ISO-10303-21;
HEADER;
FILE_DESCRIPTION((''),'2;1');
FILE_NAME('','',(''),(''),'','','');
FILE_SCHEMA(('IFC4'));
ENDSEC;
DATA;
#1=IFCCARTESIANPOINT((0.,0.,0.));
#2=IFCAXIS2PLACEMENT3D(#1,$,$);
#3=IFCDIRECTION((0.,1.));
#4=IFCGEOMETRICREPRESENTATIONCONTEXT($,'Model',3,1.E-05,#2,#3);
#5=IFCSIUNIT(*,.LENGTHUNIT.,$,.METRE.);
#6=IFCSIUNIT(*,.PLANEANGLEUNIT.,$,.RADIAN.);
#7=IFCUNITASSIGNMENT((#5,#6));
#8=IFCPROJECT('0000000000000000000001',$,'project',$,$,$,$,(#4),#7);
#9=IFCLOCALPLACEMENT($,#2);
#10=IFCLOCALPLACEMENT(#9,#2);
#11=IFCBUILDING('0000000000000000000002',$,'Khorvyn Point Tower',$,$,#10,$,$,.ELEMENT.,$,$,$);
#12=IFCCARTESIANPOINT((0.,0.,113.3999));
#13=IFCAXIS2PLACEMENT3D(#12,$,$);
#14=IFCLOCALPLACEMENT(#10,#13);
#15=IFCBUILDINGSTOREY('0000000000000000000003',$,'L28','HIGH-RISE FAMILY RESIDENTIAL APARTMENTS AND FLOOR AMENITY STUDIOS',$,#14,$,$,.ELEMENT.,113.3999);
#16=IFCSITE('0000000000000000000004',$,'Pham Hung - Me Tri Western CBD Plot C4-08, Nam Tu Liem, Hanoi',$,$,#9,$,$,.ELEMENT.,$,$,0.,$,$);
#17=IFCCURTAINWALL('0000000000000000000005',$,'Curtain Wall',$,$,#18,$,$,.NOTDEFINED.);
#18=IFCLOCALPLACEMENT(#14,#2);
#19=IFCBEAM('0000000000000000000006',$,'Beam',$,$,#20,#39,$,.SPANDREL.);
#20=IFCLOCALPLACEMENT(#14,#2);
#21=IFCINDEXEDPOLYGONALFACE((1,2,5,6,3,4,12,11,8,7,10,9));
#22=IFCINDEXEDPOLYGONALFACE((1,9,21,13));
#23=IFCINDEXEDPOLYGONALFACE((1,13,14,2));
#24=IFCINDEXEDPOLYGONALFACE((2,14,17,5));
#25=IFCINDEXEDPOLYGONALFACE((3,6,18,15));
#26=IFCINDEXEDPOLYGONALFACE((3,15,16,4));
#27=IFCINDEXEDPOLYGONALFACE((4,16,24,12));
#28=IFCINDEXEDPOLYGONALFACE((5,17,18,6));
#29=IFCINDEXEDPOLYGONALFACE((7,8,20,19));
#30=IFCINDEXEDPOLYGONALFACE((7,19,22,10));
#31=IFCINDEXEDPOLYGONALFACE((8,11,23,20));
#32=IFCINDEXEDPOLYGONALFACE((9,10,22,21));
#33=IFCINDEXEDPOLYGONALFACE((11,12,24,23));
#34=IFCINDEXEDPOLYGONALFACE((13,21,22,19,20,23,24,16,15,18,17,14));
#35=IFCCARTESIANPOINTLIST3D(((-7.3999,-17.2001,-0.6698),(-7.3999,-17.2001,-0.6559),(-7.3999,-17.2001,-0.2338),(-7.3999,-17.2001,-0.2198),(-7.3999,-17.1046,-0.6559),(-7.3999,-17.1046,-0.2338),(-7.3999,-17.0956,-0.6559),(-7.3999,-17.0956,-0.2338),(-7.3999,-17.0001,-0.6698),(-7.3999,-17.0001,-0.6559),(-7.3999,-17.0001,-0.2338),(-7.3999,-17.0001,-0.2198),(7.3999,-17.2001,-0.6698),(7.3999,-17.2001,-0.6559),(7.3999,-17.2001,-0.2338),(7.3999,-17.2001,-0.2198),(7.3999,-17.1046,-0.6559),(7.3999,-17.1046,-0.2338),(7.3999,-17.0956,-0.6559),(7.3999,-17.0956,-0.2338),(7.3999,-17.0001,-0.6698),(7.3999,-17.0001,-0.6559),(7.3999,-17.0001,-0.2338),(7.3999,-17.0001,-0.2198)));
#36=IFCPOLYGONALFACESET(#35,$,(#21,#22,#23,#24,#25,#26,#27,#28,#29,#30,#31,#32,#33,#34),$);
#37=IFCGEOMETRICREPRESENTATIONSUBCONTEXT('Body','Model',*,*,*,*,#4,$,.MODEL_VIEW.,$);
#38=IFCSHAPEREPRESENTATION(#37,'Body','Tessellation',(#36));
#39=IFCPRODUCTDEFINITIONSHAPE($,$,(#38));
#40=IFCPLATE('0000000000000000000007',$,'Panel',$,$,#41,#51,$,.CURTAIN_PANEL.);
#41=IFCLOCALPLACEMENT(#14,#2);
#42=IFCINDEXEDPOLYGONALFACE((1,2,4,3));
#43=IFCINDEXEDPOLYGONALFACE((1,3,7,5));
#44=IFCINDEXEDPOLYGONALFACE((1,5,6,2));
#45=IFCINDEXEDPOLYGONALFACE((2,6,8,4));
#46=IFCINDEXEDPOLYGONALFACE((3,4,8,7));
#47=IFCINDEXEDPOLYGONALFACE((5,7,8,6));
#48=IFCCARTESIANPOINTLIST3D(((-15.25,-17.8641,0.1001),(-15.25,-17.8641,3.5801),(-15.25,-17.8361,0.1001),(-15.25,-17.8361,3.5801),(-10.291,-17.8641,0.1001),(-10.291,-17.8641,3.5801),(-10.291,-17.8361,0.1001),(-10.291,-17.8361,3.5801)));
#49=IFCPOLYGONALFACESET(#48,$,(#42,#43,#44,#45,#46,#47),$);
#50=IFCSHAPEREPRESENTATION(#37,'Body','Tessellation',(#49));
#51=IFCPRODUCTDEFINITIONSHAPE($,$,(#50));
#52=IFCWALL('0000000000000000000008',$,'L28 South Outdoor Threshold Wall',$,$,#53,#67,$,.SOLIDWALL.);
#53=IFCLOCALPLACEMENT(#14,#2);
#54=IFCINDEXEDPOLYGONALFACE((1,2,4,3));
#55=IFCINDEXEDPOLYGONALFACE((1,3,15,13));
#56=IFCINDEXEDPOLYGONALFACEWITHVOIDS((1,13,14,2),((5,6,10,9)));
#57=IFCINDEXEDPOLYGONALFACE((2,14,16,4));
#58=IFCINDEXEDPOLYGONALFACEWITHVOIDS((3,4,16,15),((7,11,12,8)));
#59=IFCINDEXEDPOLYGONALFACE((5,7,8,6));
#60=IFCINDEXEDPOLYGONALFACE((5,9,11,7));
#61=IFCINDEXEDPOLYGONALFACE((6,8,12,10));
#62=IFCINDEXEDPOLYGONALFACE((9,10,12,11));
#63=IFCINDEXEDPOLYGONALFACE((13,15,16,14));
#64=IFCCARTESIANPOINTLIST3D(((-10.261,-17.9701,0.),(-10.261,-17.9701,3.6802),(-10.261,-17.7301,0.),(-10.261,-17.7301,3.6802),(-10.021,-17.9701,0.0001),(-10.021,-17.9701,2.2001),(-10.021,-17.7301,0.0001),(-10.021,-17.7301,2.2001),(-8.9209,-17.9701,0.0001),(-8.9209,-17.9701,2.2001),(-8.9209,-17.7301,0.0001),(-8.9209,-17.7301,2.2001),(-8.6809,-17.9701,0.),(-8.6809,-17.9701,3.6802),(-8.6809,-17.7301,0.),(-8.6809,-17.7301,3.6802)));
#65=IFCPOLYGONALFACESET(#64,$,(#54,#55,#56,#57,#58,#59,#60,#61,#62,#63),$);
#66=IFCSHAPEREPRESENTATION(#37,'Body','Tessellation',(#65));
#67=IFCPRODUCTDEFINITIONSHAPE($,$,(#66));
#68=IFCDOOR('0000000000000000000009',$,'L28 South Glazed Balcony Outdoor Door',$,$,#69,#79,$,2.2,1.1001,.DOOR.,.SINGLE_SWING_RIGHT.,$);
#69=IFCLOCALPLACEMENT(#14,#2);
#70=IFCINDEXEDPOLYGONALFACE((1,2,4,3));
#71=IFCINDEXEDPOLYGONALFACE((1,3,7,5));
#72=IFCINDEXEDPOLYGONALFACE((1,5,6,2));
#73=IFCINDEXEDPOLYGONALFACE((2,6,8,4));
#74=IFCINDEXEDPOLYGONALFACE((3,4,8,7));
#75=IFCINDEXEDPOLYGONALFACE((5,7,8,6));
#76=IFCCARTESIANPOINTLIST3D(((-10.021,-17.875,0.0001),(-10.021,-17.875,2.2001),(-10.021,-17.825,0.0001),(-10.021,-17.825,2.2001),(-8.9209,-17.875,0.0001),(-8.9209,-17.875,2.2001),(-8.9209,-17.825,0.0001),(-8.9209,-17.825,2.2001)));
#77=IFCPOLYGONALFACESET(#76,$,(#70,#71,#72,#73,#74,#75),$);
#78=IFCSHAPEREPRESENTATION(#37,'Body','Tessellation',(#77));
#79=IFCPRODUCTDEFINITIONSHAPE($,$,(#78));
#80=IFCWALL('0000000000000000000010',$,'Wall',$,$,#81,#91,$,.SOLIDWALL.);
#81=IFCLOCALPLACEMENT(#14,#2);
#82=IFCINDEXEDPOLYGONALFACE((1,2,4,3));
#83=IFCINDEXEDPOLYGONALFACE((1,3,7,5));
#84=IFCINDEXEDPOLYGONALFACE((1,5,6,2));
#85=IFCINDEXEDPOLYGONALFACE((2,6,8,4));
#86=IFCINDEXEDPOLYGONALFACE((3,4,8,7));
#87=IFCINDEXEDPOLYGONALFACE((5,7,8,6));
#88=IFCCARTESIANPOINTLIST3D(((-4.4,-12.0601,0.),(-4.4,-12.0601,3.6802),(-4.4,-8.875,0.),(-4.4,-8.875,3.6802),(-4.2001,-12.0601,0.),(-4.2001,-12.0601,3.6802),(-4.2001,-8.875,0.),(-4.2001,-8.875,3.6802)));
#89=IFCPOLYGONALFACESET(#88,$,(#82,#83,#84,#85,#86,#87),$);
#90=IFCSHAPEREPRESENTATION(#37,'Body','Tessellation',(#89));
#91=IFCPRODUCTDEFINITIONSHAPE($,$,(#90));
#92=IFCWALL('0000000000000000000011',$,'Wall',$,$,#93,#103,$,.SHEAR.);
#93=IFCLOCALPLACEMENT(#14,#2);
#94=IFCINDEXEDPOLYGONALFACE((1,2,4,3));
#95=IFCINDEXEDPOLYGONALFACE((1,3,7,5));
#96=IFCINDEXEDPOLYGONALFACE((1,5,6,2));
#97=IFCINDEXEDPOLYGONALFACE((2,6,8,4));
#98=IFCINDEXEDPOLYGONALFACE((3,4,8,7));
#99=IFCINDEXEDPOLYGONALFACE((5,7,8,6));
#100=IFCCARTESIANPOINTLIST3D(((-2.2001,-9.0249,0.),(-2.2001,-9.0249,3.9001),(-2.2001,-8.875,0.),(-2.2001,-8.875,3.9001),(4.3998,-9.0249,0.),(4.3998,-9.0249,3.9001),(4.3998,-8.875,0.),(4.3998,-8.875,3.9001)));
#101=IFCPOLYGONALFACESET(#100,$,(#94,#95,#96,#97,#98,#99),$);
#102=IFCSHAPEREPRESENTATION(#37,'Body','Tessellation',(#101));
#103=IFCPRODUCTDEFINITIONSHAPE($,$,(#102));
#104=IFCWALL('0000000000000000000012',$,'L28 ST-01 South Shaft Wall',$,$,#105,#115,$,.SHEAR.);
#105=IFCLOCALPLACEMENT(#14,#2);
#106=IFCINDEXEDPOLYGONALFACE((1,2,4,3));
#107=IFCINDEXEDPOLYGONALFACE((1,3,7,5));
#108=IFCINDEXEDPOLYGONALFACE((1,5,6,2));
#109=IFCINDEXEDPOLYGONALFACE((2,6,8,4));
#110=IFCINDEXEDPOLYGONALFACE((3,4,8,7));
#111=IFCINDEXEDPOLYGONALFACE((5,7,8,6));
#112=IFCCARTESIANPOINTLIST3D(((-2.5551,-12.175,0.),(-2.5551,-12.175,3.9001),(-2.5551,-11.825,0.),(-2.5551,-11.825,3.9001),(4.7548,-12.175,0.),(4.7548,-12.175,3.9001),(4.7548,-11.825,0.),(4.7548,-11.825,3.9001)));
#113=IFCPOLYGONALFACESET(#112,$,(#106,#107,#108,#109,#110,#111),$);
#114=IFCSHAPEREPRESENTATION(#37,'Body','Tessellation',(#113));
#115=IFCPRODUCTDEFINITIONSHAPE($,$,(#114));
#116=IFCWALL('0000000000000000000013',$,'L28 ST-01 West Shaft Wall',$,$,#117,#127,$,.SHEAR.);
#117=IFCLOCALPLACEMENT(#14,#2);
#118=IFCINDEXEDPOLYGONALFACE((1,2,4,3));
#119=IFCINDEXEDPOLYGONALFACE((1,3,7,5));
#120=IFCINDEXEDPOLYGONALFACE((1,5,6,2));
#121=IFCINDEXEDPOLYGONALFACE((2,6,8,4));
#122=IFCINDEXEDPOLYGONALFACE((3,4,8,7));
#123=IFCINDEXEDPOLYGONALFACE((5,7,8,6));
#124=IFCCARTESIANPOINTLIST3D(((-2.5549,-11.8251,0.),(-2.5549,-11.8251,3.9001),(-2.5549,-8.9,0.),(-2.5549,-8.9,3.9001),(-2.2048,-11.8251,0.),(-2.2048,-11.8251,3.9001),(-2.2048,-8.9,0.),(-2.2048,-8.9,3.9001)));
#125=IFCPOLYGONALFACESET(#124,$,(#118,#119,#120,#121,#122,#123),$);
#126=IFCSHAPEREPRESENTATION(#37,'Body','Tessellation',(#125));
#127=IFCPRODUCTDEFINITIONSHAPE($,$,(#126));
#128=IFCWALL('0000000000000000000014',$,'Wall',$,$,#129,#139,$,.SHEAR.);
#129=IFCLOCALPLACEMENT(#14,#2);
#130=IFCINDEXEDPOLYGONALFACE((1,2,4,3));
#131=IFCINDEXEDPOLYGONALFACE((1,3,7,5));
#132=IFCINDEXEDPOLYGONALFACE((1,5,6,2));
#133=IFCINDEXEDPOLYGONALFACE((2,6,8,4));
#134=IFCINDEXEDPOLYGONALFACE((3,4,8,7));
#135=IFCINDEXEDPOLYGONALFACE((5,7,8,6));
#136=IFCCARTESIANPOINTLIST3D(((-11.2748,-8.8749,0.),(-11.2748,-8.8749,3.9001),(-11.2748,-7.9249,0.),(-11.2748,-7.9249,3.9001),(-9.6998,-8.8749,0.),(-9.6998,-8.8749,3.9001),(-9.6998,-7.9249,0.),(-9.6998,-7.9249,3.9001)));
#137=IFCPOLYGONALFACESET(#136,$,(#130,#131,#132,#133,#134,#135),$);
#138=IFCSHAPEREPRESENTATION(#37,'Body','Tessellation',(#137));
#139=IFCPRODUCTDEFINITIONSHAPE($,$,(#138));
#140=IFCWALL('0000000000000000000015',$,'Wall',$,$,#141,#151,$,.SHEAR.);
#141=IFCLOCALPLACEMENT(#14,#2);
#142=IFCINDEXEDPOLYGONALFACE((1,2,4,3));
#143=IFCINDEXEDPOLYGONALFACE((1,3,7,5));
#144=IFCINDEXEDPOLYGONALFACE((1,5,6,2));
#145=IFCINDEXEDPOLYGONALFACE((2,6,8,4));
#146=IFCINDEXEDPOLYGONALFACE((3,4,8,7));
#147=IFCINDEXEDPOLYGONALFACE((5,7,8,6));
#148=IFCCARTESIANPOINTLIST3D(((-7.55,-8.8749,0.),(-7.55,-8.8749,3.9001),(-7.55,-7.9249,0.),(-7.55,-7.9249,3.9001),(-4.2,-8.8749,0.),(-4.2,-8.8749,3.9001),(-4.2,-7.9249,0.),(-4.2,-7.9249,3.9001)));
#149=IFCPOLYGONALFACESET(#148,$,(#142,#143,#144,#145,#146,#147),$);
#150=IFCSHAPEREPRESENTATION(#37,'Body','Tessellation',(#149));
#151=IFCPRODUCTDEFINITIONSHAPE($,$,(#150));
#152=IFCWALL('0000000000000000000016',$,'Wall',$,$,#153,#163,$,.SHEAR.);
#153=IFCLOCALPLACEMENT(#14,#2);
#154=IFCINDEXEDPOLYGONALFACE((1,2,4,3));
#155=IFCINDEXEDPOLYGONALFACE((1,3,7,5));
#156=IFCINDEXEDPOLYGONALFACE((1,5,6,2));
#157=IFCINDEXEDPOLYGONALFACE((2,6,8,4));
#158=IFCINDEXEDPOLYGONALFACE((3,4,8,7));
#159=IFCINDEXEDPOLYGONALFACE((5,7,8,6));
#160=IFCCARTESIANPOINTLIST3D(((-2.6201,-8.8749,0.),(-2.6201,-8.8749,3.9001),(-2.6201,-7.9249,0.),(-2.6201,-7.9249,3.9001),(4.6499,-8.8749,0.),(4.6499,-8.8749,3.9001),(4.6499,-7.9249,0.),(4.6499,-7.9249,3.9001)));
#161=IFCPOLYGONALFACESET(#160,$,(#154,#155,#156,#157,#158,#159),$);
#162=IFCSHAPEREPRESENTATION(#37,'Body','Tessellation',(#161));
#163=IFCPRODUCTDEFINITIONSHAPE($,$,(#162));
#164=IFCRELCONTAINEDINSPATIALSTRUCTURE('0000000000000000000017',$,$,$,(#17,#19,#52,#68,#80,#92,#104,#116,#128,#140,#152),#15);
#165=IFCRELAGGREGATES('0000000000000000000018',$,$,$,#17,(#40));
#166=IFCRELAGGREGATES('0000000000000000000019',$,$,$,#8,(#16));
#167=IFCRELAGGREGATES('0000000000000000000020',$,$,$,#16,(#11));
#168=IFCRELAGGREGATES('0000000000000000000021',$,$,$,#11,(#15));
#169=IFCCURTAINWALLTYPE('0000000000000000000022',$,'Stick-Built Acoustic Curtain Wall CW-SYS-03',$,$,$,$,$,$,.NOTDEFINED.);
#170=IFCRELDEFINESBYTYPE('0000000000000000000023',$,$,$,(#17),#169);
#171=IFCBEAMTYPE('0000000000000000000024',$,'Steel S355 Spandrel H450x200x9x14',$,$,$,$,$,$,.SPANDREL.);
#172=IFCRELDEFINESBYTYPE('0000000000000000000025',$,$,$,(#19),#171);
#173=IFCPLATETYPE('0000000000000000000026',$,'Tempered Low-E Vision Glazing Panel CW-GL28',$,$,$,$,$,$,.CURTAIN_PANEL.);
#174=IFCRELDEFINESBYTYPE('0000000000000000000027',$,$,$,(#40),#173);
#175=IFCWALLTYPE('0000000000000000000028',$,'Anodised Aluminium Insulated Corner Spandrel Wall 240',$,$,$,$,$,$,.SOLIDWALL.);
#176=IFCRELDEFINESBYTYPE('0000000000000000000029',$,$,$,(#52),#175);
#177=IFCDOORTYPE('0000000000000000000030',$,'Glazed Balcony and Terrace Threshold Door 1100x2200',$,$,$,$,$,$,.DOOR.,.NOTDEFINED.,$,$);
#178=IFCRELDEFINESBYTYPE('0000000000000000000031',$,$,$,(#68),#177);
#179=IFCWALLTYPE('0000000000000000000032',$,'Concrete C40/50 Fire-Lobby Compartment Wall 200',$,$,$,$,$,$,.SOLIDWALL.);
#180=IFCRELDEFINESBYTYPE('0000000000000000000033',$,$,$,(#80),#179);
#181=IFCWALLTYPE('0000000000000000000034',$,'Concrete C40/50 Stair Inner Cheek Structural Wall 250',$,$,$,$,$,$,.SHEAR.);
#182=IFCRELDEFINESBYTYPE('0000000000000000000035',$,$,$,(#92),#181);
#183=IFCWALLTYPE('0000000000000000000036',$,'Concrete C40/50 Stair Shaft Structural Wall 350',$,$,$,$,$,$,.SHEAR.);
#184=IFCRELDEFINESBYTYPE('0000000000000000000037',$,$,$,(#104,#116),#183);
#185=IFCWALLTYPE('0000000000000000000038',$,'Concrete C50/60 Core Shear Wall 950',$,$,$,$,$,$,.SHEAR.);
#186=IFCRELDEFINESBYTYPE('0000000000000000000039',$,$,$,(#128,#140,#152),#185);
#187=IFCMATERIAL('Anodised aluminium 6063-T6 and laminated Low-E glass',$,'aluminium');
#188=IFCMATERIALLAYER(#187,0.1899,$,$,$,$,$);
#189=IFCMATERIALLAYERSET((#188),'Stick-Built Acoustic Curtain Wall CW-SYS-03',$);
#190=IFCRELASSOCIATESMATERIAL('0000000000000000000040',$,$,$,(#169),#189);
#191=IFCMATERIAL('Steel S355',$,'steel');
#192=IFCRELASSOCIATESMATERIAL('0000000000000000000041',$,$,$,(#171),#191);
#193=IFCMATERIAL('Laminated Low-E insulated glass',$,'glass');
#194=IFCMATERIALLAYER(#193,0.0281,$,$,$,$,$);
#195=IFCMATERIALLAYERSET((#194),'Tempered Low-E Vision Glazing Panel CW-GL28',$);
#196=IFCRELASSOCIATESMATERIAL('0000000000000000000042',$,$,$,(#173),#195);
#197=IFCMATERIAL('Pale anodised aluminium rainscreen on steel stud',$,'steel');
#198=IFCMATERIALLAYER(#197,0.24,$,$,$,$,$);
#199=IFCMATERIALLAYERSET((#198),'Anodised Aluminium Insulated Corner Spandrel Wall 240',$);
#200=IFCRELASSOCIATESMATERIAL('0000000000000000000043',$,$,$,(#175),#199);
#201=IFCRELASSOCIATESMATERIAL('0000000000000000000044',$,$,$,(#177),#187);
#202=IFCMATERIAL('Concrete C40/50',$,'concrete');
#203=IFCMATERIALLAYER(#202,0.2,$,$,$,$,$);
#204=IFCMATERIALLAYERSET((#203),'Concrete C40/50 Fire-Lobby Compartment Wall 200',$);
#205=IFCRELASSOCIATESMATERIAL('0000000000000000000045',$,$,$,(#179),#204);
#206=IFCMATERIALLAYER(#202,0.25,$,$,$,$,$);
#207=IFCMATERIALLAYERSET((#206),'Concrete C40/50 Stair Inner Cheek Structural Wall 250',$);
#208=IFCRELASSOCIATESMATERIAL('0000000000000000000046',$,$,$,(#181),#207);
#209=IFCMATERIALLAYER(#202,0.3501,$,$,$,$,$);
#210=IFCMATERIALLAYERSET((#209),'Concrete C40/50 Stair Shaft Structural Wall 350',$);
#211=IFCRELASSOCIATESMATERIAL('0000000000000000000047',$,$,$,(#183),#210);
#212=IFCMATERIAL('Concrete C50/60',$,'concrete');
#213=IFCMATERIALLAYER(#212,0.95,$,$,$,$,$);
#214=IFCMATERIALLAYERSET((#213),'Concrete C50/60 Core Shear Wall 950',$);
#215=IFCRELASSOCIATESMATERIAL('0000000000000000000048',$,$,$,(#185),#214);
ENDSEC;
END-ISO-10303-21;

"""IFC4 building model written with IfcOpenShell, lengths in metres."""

from ifc_helpers import new_model, si_unit, direction, frame, frame_2d, origin, origin_2d, place, context, subcontext, project, spatial, rectangle, i_section, extrude, material, layer, layer_set, material_profile, profile_set, type_object, element, fill, aggregate, save


model = new_model("IFC4")

# Units and contexts
model_context = context("Model", 3, precision=1e-05, world=origin(), true_north=direction((0.0, 1.0)))
body_context = subcontext(model_context, "Body", "Model", "MODEL_VIEW")
ifc_project = project(units=[si_unit("LENGTHUNIT", "METRE"), si_unit("PLANEANGLEUNIT", "RADIAN")], contexts=[model_context])

# Site, building, storey
site_placement = place(None, origin())
site = spatial("IfcSite", under=ifc_project, at=site_placement, Name="Pham Hung - Me Tri Western CBD Plot C4-08, Nam Tu Liem, Hanoi", CompositionType="ELEMENT", RefElevation=0.0)
building_placement = place(site_placement, origin())
building = spatial("IfcBuilding", under=site, at=building_placement, Name="Khorvyn Point Tower", CompositionType="ELEMENT")
storey_placement = place(building_placement, frame((0.0, 0.0, 113.3999)))
storey = spatial("IfcBuildingStorey", under=building, at=storey_placement, Name="L28", Description="HIGH-RISE FAMILY RESIDENTIAL APARTMENTS AND FLOOR AMENITY STUDIOS", CompositionType="ELEMENT", Elevation=113.3999)

# Shared definitions
ifc_material_1 = material(Name="Concrete C50/60", Category="concrete")

# Shared definitions
ifc_material_2 = material(Name="Anodised aluminium 6063-T6 and laminated Low-E glass", Category="aluminium")
ifc_layer_1 = layer(ifc_material_2, 0.1899)
ifc_layer_set_1 = layer_set([ifc_layer_1], Name="Stick-Built Acoustic Curtain Wall CW-SYS-03")
curtain_wall_type = type_object("IfcCurtainWallType", Name="Stick-Built Acoustic Curtain Wall CW-SYS-03", PredefinedType="NOTDEFINED", material=ifc_layer_set_1)

# Curtain wall
curtain_wall_1_placement = place(storey_placement, origin())
curtain_wall_1 = element("IfcCurtainWall", 1, at=curtain_wall_1_placement, inside=storey, type_object=curtain_wall_type, Name="Curtain Wall", PredefinedType="NOTDEFINED")

# Beam
ifc_material_3 = material(Name="Steel S355", Category="steel")
ifc_material_profile_1 = material_profile(ifc_material_3, i_section(OverallWidth=0.2, OverallDepth=0.45, WebThickness=0.009, FlangeThickness=0.0139, at=origin_2d()))
ifc_profile_set_1 = profile_set([ifc_material_profile_1], Name="Steel S355 H450x200x9x14")
beam_type_1 = type_object("IfcBeamType", Name="Steel S355 Spandrel H450x200x9x14", PredefinedType="SPANDREL", material=ifc_profile_set_1)
beam_1_placement = place(storey_placement, frame((-7.3999, -17.1001, -0.4448), z_axis=(1.0, 0.0, 0.0), x_axis=(0.0, 1.0, 0.0)))
element("IfcBeam", 2, at=beam_1_placement, inside=storey, type_object=beam_type_1, Name="Beam", PredefinedType="SPANDREL", context=body_context, shape_type="SweptSolid", body=[
    extrude(i_section(OverallWidth=0.2, OverallDepth=0.45, WebThickness=0.009, FlangeThickness=0.0139, at=origin_2d()), origin(), (0.0, 0.0, 1.0), 14.7998),
])

# Plate
ifc_material_4 = material(Name="Laminated Low-E insulated glass", Category="glass")
ifc_layer_2 = layer(ifc_material_4, 0.0281)
ifc_layer_set_2 = layer_set([ifc_layer_2], Name="Tempered Low-E Vision Glazing Panel CW-GL28")
plate_type = type_object("IfcPlateType", Name="Tempered Low-E Vision Glazing Panel CW-GL28", PredefinedType="CURTAIN_PANEL", material=ifc_layer_set_2)
plate_placement = place(storey_placement, frame((-12.7705, -17.8501, 0.1001), z_axis=(0.0, 0.0, 1.0), x_axis=(-1.0, 0.0, 0.0)))
plate = element("IfcPlate", 3, at=plate_placement, type_object=plate_type, Name="Panel", PredefinedType="CURTAIN_PANEL", context=body_context, shape_type="SweptSolid", body=[
    extrude(rectangle(XDim=4.959, YDim=0.0281, at=origin_2d()), origin(), (0.0, 0.0, 1.0), 3.48),
])
aggregate(curtain_wall_1, [plate])

# Wall, opening, door
ifc_material_5 = material(Name="Pale anodised aluminium rainscreen on steel stud", Category="steel")
ifc_layer_3 = layer(ifc_material_5, 0.24)
ifc_layer_set_3 = layer_set([ifc_layer_3], Name="Anodised Aluminium Insulated Corner Spandrel Wall 240")
wall_type_1 = type_object("IfcWallType", Name="Anodised Aluminium Insulated Corner Spandrel Wall 240", PredefinedType="SOLIDWALL", material=ifc_layer_set_3)
wall_1_placement = place(storey_placement, frame((-8.6809, -17.8501, 0.0), z_axis=(0.0, 0.0, 1.0), x_axis=(-1.0, 0.0, 0.0)))
wall_1 = element("IfcWall", 4, at=wall_1_placement, inside=storey, type_object=wall_type_1, Name="L28 South Outdoor Threshold Wall", PredefinedType="SOLIDWALL", context=body_context, shape_type="SweptSolid", body=[
    extrude(rectangle(XDim=1.5801, YDim=0.24, at=frame_2d((0.79, 0.0))), origin(), (0.0, 0.0, 1.0), 3.6802),
])
opening_1_placement = place(wall_1_placement, frame((0.24, 0.0, 0.0)))
opening_1 = element("IfcOpeningElement", 5, at=opening_1_placement, cuts=wall_1, PredefinedType="OPENING", context=body_context, shape_type="SweptSolid", body=[
    extrude(rectangle(XDim=1.1001, YDim=2.2, at=frame_2d((0.55, 1.1001))), frame((0.0, 0.1299, 0.0), z_axis=(0.0, -1.0, 0.0), x_axis=(1.0, 0.0, 0.0)), (0.0, 0.0, 1.0), 0.26),
])
door_type_1 = type_object("IfcDoorType", Name="Glazed Balcony and Terrace Threshold Door 1100x2200", OperationType="NOTDEFINED", PredefinedType="DOOR", material=ifc_material_2)
door_1_placement = place(opening_1_placement, origin())
door_1 = element("IfcDoor", 6, at=door_1_placement, inside=storey, type_object=door_type_1, Name="L28 South Glazed Balcony Outdoor Door", OperationType="SINGLE_SWING_RIGHT", OverallHeight=2.2, OverallWidth=1.1001, PredefinedType="DOOR", context=body_context, shape_type="SweptSolid", body=[
    extrude(rectangle(XDim=1.1001, YDim=2.2, at=frame_2d((0.55, 1.1001))), frame((0.0, 0.0249, 0.0), z_axis=(0.0, -1.0, 0.0), x_axis=(1.0, 0.0, 0.0)), (0.0, 0.0, 1.0), 0.05),
])
fill(opening_1, door_1)
ifc_material_6 = material(Name="Concrete C40/50", Category="concrete")
ifc_layer_4 = layer(ifc_material_6, 0.2)
ifc_layer_set_4 = layer_set([ifc_layer_4], Name="Concrete C40/50 Fire-Lobby Compartment Wall 200")
wall_type_2 = type_object("IfcWallType", Name="Concrete C40/50 Fire-Lobby Compartment Wall 200", PredefinedType="SOLIDWALL", material=ifc_layer_set_4)

# Walls
wall_2_placement = place(storey_placement, frame((-4.3, -12.0601, 0.0), z_axis=(0.0, 0.0, 1.0), x_axis=(0.0, 1.0, 0.0)))
element("IfcWall", 7, at=wall_2_placement, inside=storey, type_object=wall_type_2, Name="Wall", PredefinedType="SOLIDWALL", context=body_context, shape_type="SweptSolid", body=[
    extrude(rectangle(XDim=3.1851, YDim=0.2, at=frame_2d((1.5925, 0.0))), origin(), (0.0, 0.0, 1.0), 3.6802),
])
ifc_layer_5 = layer(ifc_material_6, 0.25)
ifc_layer_set_5 = layer_set([ifc_layer_5], Name="Concrete C40/50 Stair Inner Cheek Structural Wall 250")
wall_type_3 = type_object("IfcWallType", Name="Concrete C40/50 Stair Inner Cheek Structural Wall 250", PredefinedType="SHEAR", material=ifc_layer_set_5)
wall_3_placement = place(storey_placement, frame((-2.2, -8.95, 0.0), z_axis=(0.0, 0.0, 1.0), x_axis=(1.0, 0.0, 0.0)))
element("IfcWall", 8, at=wall_3_placement, inside=storey, type_object=wall_type_3, Name="Wall", PredefinedType="SHEAR", context=body_context, shape_type="SweptSolid", body=[
    extrude(rectangle(XDim=6.5999, YDim=0.1499, at=frame_2d((3.2998, 0.0))), origin(), (0.0, 0.0, 1.0), 3.9001),
])
ifc_layer_6 = layer(ifc_material_6, 0.3501)
ifc_layer_set_6 = layer_set([ifc_layer_6], Name="Concrete C40/50 Stair Shaft Structural Wall 350")
wall_type_4 = type_object("IfcWallType", Name="Concrete C40/50 Stair Shaft Structural Wall 350", PredefinedType="SHEAR", material=ifc_layer_set_6)
wall_4_placement = place(storey_placement, frame((-2.5549, -12.0, 0.0), z_axis=(0.0, 0.0, 1.0), x_axis=(1.0, 0.0, 0.0)))
element("IfcWall", 9, at=wall_4_placement, inside=storey, type_object=wall_type_4, Name="L28 ST-01 South Shaft Wall", PredefinedType="SHEAR", context=body_context, shape_type="SweptSolid", body=[
    extrude(rectangle(XDim=7.3098, YDim=0.3501, at=frame_2d((3.6548, 0.0))), origin(), (0.0, 0.0, 1.0), 3.9001),
])
wall_5_placement = place(storey_placement, frame((-2.3799, -11.825, 0.0), z_axis=(0.0, 0.0, 1.0), x_axis=(0.0, 1.0, 0.0)))
element("IfcWall", 10, at=wall_5_placement, inside=storey, type_object=wall_type_4, Name="L28 ST-01 West Shaft Wall", PredefinedType="SHEAR", context=body_context, shape_type="SweptSolid", body=[
    extrude(rectangle(XDim=2.925, YDim=0.3501, at=frame_2d((1.4624, 0.0))), origin(), (0.0, 0.0, 1.0), 3.9001),
])
ifc_layer_7 = layer(ifc_material_1, 0.95)
ifc_layer_set_7 = layer_set([ifc_layer_7], Name="Concrete C50/60 Core Shear Wall 950")
wall_type_5 = type_object("IfcWallType", Name="Concrete C50/60 Core Shear Wall 950", PredefinedType="SHEAR", material=ifc_layer_set_7)
wall_6_placement = place(storey_placement, frame((-11.2749, -8.3999, 0.0), z_axis=(0.0, 0.0, 1.0), x_axis=(1.0, 0.0, 0.0)))
element("IfcWall", 11, at=wall_6_placement, inside=storey, type_object=wall_type_5, Name="Wall", PredefinedType="SHEAR", context=body_context, shape_type="SweptSolid", body=[
    extrude(rectangle(XDim=1.575, YDim=0.95, at=frame_2d((0.7876, 0.0))), origin(), (0.0, 0.0, 1.0), 3.9001),
])
wall_7_placement = place(storey_placement, frame((-7.55, -8.3999, 0.0), z_axis=(0.0, 0.0, 1.0), x_axis=(1.0, 0.0, 0.0)))
element("IfcWall", 12, at=wall_7_placement, inside=storey, type_object=wall_type_5, Name="Wall", PredefinedType="SHEAR", context=body_context, shape_type="SweptSolid", body=[
    extrude(rectangle(XDim=3.3501, YDim=0.95, at=frame_2d((1.675, 0.0))), origin(), (0.0, 0.0, 1.0), 3.9001),
])
wall_8_placement = place(storey_placement, frame((-2.6201, -8.3999, 0.0), z_axis=(0.0, 0.0, 1.0), x_axis=(1.0, 0.0, 0.0)))
element("IfcWall", 13, at=wall_8_placement, inside=storey, type_object=wall_type_5, Name="Wall", PredefinedType="SHEAR", context=body_context, shape_type="SweptSolid", body=[
    extrude(rectangle(XDim=7.27, YDim=0.95, at=frame_2d((3.635, 0.0))), origin(), (0.0, 0.0, 1.0), 3.9001),
])

save(model, "model.ifc")
